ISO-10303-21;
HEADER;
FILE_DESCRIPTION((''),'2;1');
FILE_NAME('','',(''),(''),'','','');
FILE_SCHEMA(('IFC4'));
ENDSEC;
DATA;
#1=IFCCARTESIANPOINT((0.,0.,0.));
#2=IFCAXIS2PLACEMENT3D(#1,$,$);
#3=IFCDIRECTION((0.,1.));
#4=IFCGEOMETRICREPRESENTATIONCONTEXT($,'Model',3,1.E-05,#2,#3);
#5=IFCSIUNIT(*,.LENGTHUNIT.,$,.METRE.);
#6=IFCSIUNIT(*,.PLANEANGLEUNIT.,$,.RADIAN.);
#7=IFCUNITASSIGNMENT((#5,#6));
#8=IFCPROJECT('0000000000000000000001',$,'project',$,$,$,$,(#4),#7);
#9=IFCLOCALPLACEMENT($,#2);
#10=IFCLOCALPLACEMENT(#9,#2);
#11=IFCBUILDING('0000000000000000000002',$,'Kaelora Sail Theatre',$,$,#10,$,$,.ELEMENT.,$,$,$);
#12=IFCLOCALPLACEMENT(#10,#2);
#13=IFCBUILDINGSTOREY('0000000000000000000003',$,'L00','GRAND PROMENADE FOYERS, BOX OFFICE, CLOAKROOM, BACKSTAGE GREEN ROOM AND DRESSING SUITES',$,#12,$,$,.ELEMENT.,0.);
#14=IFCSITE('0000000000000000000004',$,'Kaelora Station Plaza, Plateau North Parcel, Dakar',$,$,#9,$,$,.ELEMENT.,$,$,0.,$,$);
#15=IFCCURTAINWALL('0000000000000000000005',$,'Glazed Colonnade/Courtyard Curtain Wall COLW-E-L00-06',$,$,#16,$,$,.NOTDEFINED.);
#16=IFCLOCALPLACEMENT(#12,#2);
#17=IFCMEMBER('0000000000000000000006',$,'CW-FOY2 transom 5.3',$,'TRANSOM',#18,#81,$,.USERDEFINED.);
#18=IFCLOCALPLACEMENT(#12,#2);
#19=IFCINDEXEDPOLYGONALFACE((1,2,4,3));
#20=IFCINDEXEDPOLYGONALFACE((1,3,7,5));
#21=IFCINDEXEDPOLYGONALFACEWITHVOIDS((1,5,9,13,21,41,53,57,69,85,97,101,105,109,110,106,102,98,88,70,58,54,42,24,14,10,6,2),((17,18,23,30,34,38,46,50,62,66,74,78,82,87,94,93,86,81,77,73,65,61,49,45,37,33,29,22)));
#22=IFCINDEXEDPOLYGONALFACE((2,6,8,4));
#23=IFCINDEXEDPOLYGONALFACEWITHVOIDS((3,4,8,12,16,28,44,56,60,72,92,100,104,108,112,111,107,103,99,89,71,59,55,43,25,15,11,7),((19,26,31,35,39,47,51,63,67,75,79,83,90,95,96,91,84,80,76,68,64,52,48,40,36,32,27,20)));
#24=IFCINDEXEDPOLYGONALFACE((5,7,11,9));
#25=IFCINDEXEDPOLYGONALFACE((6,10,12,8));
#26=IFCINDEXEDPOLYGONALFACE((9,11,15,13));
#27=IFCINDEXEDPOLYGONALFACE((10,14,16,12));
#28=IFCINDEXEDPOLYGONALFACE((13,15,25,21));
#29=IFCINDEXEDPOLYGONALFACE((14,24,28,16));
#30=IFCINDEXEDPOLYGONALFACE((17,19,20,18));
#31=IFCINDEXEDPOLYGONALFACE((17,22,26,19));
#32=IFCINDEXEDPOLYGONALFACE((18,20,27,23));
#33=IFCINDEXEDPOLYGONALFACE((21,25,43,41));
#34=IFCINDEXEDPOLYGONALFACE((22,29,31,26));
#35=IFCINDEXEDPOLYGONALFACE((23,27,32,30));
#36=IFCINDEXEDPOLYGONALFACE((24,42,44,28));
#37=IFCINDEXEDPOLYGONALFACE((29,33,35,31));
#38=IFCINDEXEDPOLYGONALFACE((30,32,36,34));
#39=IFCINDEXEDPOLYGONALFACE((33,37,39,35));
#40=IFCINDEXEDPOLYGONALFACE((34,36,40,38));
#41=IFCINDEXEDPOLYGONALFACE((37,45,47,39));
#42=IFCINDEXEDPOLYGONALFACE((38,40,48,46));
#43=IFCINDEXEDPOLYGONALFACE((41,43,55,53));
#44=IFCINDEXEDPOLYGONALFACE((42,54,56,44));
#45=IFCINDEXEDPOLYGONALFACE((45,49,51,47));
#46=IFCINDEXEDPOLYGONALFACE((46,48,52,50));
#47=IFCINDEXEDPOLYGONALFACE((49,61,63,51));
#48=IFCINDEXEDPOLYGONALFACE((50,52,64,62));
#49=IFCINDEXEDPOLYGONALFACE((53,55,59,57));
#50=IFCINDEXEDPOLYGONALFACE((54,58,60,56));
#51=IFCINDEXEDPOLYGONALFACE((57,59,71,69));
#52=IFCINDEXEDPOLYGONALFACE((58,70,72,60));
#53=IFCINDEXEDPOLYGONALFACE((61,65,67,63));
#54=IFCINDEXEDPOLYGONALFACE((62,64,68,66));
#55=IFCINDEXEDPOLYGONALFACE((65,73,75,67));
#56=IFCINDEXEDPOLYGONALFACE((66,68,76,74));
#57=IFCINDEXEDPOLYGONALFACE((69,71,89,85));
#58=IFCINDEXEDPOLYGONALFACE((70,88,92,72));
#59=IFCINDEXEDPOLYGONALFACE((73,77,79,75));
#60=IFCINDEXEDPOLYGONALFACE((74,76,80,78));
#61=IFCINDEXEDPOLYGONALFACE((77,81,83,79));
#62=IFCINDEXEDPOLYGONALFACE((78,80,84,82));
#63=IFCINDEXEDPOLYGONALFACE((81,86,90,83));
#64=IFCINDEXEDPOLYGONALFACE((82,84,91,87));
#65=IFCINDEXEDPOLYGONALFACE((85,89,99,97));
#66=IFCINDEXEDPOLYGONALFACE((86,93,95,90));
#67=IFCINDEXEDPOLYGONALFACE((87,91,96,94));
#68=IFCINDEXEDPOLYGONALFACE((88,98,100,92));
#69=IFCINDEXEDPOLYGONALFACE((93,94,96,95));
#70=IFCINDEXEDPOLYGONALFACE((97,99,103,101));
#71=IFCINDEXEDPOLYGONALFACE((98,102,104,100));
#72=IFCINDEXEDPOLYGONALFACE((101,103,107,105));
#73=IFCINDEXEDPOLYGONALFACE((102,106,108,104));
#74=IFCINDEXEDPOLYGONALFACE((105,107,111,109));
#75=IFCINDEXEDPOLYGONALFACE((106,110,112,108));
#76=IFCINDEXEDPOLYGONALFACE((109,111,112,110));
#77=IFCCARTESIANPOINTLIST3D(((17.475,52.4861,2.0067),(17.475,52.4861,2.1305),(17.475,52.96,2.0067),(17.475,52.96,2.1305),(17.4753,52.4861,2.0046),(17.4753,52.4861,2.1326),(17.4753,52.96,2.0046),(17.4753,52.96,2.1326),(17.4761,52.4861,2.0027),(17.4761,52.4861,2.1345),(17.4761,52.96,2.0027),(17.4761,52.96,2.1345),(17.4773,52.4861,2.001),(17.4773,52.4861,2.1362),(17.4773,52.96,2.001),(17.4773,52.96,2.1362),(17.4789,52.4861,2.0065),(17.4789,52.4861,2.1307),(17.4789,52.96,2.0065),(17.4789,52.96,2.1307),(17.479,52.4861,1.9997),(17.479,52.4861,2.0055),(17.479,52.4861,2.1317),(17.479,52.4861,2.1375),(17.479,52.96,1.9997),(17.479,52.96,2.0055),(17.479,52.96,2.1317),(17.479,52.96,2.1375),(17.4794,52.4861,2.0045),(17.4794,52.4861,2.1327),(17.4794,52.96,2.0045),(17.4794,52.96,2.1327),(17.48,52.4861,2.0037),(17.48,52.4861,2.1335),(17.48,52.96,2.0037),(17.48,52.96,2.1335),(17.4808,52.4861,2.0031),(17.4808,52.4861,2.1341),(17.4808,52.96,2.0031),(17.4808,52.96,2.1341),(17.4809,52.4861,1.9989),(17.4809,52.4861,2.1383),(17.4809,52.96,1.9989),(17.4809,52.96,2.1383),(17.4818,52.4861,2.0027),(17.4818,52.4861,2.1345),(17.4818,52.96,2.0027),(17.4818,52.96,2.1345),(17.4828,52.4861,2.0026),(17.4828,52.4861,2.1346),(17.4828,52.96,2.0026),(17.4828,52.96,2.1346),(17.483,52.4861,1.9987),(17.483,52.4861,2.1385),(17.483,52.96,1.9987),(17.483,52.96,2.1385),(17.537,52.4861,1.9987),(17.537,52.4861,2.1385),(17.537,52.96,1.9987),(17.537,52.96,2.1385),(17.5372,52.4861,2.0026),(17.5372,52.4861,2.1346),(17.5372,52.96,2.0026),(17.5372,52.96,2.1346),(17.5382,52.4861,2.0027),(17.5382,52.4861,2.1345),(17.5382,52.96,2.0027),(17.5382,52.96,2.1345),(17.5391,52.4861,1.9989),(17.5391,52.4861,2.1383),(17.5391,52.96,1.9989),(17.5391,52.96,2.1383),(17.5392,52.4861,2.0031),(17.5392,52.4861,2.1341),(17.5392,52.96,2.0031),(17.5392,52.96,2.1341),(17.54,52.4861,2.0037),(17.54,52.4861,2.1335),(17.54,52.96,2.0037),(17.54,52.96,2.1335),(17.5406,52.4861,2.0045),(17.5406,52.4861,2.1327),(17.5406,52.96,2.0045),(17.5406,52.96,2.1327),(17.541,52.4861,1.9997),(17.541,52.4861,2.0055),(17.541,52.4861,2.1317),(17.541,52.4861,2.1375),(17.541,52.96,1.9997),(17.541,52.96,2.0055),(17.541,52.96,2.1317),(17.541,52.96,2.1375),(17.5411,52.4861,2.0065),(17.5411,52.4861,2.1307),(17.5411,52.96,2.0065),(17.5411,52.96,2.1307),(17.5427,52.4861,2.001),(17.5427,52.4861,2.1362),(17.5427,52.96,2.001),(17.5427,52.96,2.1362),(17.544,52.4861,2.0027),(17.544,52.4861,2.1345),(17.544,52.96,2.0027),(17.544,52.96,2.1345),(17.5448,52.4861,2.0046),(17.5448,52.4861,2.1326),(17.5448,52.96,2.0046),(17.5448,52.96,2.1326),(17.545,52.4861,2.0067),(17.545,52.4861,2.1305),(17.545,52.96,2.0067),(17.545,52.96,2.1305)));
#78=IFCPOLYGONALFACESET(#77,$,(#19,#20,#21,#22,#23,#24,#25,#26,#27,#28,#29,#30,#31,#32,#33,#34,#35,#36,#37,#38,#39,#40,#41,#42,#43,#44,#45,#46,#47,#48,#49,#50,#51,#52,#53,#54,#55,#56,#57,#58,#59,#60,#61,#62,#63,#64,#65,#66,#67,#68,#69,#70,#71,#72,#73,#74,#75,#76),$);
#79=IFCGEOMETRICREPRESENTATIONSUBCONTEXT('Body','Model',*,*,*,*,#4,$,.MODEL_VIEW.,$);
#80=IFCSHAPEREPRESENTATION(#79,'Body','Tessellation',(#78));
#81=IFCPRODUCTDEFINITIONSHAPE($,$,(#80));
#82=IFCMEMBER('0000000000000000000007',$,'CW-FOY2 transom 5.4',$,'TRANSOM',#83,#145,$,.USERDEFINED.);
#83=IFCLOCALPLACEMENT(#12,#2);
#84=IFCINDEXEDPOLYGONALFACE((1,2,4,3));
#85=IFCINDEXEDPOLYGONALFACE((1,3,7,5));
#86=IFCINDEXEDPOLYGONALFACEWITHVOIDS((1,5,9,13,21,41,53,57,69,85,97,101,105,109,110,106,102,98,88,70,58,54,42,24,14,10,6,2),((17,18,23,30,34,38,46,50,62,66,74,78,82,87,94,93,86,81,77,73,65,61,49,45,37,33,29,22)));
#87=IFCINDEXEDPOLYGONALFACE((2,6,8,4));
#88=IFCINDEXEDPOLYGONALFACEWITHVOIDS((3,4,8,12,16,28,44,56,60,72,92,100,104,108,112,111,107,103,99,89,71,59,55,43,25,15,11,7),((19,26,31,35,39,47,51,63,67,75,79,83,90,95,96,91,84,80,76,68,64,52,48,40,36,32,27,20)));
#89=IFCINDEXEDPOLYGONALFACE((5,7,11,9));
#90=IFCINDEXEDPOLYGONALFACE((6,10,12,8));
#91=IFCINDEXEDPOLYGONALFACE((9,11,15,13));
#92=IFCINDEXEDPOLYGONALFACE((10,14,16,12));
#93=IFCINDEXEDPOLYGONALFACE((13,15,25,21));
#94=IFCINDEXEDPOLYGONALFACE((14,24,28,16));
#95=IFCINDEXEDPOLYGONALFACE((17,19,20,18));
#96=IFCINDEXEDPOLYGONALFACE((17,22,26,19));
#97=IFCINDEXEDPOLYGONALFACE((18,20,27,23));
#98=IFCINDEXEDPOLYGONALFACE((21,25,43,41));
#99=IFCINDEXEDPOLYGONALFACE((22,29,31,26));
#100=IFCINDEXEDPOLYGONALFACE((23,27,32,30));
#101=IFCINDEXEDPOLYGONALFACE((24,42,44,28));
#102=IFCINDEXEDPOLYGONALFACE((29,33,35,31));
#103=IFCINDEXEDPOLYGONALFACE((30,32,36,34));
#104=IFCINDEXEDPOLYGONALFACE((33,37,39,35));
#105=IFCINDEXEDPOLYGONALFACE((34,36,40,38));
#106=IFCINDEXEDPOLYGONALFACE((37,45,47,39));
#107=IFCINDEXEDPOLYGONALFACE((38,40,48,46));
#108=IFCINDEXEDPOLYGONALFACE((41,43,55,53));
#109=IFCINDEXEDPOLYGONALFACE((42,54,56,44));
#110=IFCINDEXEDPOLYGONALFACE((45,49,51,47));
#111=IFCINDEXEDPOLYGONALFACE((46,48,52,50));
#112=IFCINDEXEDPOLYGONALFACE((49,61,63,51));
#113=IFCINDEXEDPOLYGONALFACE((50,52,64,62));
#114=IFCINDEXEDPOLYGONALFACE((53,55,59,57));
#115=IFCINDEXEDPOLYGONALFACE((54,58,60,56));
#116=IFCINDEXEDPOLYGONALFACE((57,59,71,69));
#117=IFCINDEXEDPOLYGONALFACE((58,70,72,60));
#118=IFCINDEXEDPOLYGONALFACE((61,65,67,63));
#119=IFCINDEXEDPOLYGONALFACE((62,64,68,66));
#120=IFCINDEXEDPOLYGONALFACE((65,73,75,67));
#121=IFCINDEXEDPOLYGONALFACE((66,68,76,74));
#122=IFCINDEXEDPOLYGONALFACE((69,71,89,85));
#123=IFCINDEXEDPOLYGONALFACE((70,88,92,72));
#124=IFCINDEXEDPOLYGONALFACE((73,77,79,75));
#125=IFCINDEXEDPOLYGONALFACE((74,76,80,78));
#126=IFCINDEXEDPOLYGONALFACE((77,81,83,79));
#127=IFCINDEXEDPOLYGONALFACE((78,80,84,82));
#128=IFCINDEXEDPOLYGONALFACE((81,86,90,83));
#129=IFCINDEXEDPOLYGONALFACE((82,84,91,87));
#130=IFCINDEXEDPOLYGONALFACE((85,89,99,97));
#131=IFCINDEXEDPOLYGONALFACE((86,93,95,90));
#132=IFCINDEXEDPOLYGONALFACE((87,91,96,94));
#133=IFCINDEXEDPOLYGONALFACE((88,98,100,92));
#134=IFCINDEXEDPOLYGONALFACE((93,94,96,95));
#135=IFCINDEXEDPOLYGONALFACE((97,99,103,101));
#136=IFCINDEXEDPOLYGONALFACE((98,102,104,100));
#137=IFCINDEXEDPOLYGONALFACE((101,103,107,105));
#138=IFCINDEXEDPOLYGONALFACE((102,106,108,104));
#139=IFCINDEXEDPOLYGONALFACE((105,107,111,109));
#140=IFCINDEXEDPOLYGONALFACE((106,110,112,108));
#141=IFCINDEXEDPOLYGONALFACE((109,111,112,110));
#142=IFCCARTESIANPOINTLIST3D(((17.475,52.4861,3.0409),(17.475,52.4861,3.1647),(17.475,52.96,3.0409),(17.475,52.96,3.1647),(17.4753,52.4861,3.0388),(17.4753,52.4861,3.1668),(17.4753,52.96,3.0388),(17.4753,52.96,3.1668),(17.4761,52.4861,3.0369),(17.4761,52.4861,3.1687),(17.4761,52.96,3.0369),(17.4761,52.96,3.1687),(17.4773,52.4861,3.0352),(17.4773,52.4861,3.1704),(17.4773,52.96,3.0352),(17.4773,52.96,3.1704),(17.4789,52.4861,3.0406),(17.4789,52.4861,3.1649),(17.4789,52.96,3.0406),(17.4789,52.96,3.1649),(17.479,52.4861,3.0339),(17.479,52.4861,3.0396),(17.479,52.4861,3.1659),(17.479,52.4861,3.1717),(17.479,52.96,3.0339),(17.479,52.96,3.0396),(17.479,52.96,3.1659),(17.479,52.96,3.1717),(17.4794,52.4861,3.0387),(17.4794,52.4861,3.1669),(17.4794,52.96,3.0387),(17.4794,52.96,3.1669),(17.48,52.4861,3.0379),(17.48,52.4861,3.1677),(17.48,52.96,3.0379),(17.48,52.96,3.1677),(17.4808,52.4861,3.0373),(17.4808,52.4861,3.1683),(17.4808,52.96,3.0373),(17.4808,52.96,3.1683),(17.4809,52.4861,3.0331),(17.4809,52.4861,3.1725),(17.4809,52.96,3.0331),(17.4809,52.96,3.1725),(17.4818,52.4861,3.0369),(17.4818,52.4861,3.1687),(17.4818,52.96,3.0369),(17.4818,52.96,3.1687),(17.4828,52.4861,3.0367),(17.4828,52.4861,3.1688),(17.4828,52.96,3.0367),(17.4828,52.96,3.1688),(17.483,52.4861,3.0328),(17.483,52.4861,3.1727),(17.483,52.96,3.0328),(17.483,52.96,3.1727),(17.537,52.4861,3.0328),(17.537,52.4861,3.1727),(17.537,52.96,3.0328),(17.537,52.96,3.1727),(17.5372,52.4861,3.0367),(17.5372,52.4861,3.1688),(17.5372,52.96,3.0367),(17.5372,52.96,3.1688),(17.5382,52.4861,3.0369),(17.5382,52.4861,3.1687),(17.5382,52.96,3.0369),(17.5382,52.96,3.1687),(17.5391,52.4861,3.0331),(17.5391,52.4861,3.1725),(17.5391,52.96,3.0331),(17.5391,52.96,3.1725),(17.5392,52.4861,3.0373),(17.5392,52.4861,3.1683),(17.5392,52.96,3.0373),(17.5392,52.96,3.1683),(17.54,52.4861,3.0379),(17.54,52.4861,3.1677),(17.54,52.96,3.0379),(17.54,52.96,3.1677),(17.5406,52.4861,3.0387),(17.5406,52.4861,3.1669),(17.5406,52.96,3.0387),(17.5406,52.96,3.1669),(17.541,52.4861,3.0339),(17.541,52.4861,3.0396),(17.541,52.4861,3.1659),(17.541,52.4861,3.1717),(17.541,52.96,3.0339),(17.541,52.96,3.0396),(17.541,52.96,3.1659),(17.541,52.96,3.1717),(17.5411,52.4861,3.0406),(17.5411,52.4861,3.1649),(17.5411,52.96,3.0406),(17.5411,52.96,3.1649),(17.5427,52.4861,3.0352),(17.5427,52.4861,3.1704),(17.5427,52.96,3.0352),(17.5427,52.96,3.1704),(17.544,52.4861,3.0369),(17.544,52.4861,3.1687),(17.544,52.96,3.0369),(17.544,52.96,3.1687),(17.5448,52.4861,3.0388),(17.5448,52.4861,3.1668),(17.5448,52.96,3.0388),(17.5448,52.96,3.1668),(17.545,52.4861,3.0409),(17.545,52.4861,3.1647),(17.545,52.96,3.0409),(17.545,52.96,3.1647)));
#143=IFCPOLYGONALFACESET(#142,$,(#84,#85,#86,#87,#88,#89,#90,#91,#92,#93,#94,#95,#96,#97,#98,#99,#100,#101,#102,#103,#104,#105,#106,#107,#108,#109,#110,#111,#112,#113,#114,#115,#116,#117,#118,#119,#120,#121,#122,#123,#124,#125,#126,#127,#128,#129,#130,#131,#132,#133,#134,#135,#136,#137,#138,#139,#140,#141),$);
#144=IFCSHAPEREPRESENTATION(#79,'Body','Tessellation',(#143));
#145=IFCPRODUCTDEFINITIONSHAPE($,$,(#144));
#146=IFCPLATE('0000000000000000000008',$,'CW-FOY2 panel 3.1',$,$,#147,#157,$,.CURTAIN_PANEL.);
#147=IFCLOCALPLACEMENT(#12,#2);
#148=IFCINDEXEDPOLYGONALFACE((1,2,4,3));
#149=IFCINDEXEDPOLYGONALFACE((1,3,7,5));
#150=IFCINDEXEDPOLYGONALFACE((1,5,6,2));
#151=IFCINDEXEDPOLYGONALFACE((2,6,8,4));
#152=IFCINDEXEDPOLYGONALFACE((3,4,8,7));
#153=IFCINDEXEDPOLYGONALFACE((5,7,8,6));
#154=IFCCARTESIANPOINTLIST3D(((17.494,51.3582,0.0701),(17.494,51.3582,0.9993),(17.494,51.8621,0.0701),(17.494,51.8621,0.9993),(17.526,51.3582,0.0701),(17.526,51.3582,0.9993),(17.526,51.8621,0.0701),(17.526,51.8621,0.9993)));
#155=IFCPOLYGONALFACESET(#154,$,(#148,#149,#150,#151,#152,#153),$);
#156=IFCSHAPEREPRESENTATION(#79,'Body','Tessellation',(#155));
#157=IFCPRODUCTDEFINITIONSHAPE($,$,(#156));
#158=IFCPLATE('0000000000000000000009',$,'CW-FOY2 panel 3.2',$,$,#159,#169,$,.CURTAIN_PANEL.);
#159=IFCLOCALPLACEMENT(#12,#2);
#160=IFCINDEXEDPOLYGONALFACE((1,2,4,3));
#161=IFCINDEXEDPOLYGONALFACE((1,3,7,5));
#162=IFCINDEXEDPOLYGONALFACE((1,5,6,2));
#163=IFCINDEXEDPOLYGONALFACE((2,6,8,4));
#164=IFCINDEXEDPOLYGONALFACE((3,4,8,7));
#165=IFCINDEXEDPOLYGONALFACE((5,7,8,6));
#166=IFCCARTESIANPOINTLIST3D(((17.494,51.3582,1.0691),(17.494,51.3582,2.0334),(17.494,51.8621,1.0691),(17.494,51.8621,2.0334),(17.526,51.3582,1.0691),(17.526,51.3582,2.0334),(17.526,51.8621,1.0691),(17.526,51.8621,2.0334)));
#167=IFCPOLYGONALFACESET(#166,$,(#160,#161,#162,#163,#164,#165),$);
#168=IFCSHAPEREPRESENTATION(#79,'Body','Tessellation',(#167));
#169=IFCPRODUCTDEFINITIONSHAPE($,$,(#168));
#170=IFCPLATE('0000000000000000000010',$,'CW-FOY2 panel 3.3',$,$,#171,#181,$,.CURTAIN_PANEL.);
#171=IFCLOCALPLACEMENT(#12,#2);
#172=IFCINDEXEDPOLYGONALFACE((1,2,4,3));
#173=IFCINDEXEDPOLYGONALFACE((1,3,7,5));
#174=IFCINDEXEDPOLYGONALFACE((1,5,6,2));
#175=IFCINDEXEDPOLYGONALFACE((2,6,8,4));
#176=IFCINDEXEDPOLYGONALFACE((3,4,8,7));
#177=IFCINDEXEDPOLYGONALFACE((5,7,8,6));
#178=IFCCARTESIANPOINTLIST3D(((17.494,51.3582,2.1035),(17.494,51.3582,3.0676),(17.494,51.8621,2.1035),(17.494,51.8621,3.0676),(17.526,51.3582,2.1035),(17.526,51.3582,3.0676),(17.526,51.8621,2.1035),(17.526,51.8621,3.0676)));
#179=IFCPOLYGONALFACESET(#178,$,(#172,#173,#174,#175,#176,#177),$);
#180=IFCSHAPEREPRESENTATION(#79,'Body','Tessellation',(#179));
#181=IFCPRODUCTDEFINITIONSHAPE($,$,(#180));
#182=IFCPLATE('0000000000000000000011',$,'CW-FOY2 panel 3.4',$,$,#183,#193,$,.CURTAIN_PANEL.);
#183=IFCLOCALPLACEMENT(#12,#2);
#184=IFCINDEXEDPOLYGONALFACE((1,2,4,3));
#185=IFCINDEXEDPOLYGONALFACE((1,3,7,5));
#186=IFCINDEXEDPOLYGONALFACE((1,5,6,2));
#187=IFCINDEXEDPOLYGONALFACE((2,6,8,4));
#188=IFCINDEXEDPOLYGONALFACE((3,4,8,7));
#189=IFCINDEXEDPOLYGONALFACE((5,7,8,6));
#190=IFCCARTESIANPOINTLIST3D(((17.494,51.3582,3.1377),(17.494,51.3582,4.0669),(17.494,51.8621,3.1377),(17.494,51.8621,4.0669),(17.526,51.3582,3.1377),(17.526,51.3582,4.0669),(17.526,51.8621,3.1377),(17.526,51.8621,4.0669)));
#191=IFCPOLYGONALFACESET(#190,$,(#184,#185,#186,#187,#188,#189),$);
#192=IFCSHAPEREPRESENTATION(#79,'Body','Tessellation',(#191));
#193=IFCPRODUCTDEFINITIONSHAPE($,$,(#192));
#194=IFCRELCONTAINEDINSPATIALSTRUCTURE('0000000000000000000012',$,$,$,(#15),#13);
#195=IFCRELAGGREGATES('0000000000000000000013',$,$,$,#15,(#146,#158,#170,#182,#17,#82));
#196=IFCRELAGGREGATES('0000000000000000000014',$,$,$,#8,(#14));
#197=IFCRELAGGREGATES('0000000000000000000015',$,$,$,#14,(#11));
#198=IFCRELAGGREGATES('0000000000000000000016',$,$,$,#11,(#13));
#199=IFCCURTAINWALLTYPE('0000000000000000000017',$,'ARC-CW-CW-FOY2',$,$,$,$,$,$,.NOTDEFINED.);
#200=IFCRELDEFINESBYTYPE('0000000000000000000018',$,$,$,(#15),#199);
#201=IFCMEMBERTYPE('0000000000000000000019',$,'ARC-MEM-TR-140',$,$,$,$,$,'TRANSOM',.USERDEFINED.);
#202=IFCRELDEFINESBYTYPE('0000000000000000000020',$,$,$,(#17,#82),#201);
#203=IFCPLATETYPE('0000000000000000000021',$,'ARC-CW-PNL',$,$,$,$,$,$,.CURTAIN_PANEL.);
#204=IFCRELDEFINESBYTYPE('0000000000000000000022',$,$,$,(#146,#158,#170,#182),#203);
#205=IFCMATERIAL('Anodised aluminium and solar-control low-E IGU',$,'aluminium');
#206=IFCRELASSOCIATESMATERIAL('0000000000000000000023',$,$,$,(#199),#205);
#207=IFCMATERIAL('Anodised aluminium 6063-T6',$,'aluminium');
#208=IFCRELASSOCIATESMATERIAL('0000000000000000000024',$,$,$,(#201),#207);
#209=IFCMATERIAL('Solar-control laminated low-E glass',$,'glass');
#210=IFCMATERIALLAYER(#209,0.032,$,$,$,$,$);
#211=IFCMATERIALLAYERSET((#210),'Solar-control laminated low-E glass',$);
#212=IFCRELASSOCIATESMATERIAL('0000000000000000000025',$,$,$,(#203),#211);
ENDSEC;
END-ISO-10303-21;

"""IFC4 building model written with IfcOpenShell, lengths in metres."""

from ifc_helpers import new_model, si_unit, direction, frame, origin, origin_2d, place, context, subcontext, project, spatial, rectangle, hollow_rectangle, extrude, material, layer, layer_set, material_profile, profile_set, type_object, element, aggregate, save


model = new_model("IFC4")

# Units and contexts
model_context = context("Model", 3, precision=1e-05, world=origin(), true_north=direction((0.0, 1.0)))
body_context = subcontext(model_context, "Body", "Model", "MODEL_VIEW")
ifc_project = project(units=[si_unit("LENGTHUNIT", "METRE"), si_unit("PLANEANGLEUNIT", "RADIAN")], contexts=[model_context])

# Site, building, storey
site_placement = place(None, origin())
site = spatial("IfcSite", under=ifc_project, at=site_placement, Name="Kaelora Station Plaza, Plateau North Parcel, Dakar", CompositionType="ELEMENT", RefElevation=0.0)
building_placement = place(site_placement, origin())
building = spatial("IfcBuilding", under=site, at=building_placement, Name="Kaelora Sail Theatre", CompositionType="ELEMENT")
storey_placement = place(building_placement, origin())
storey = spatial("IfcBuildingStorey", under=building, at=storey_placement, Name="L00", Description="GRAND PROMENADE FOYERS, BOX OFFICE, CLOAKROOM, BACKSTAGE GREEN ROOM AND DRESSING SUITES", CompositionType="ELEMENT", Elevation=0.0)

# Curtain wall, members, plates
ifc_material_1 = material(Name="Anodised aluminium and solar-control low-E IGU", Category="aluminium")
curtain_wall_type = type_object("IfcCurtainWallType", Name="ARC-CW-CW-FOY2", PredefinedType="NOTDEFINED", material=ifc_material_1)
curtain_wall_placement = place(storey_placement, origin())
curtain_wall = element("IfcCurtainWall", 1, at=curtain_wall_placement, inside=storey, type_object=curtain_wall_type, Name="Glazed Colonnade/Courtyard Curtain Wall COLW-E-L00-06", PredefinedType="NOTDEFINED")
ifc_material_2 = material(Name="Anodised aluminium 6063-T6", Category="aluminium")
ifc_material_profile_1 = material_profile(ifc_material_2, hollow_rectangle(XDim=0.0701, YDim=0.1399, WallThickness=0.0039, InnerFilletRadius=0.0039, OuterFilletRadius=0.0081, at=origin_2d()), Name="ALU-TRAN 70x140x4")
ifc_profile_set_1 = profile_set([ifc_material_profile_1], Name="Anodised aluminium 6063-T6")
member_type_1 = type_object("IfcMemberType", Name="ARC-MEM-TR-140", ElementType="TRANSOM", PredefinedType="USERDEFINED", material=ifc_profile_set_1)
member_1_placement = place(storey_placement, frame((17.51, 52.4861, 2.0686), z_axis=(0.0, 1.0, 0.0), x_axis=(-1.0, 0.0, 0.0)))
member_1 = element("IfcMember", 2, at=member_1_placement, type_object=member_type_1, Name="CW-FOY2 transom 5.3", ObjectType="TRANSOM", PredefinedType="USERDEFINED", context=body_context, shape_type="SweptSolid", body=[
    extrude(hollow_rectangle(XDim=0.0701, YDim=0.1399, WallThickness=0.0039, InnerFilletRadius=0.0039, OuterFilletRadius=0.0081, at=origin_2d()), origin(), (0.0, 0.0, 1.0), 0.4739),
])
member_2_placement = place(storey_placement, frame((17.51, 52.4861, 3.1028), z_axis=(0.0, 1.0, 0.0), x_axis=(-1.0, 0.0, 0.0)))
member_2 = element("IfcMember", 3, at=member_2_placement, type_object=member_type_1, Name="CW-FOY2 transom 5.4", ObjectType="TRANSOM", PredefinedType="USERDEFINED", context=body_context, shape_type="SweptSolid", body=[
    extrude(hollow_rectangle(XDim=0.0701, YDim=0.1399, WallThickness=0.0039, InnerFilletRadius=0.0039, OuterFilletRadius=0.0081, at=origin_2d()), origin(), (0.0, 0.0, 1.0), 0.4739),
])
ifc_material_3 = material(Name="Solar-control laminated low-E glass", Category="glass")
ifc_layer = layer(ifc_material_3, 0.032)
ifc_layer_set = layer_set([ifc_layer], Name="Solar-control laminated low-E glass")
plate_type = type_object("IfcPlateType", Name="ARC-CW-PNL", PredefinedType="CURTAIN_PANEL", material=ifc_layer_set)
plate_1_placement = place(storey_placement, frame((17.51, 51.6101, 0.0701), z_axis=(0.0, 0.0, 1.0), x_axis=(0.0, 1.0, 0.0)))
plate_1 = element("IfcPlate", 4, at=plate_1_placement, type_object=plate_type, Name="CW-FOY2 panel 3.1", PredefinedType="CURTAIN_PANEL", context=body_context, shape_type="SweptSolid", body=[
    extrude(rectangle(XDim=0.5039, YDim=0.032, at=origin_2d()), origin(), (0.0, 0.0, 1.0), 0.9292),
])
plate_2_placement = place(storey_placement, frame((17.51, 51.6101, 1.0691), z_axis=(0.0, 0.0, 1.0), x_axis=(0.0, 1.0, 0.0)))
plate_2 = element("IfcPlate", 5, at=plate_2_placement, type_object=plate_type, Name="CW-FOY2 panel 3.2", PredefinedType="CURTAIN_PANEL", context=body_context, shape_type="SweptSolid", body=[
    extrude(rectangle(XDim=0.5039, YDim=0.032, at=origin_2d()), origin(), (0.0, 0.0, 1.0), 0.9644),
])
plate_3_placement = place(storey_placement, frame((17.51, 51.6101, 2.1035), z_axis=(0.0, 0.0, 1.0), x_axis=(0.0, 1.0, 0.0)))
plate_3 = element("IfcPlate", 6, at=plate_3_placement, type_object=plate_type, Name="CW-FOY2 panel 3.3", PredefinedType="CURTAIN_PANEL", context=body_context, shape_type="SweptSolid", body=[
    extrude(rectangle(XDim=0.5039, YDim=0.032, at=origin_2d()), origin(), (0.0, 0.0, 1.0), 0.9641),
])
plate_4_placement = place(storey_placement, frame((17.51, 51.6101, 3.1377), z_axis=(0.0, 0.0, 1.0), x_axis=(0.0, 1.0, 0.0)))
plate_4 = element("IfcPlate", 7, at=plate_4_placement, type_object=plate_type, Name="CW-FOY2 panel 3.4", PredefinedType="CURTAIN_PANEL", context=body_context, shape_type="SweptSolid", body=[
    extrude(rectangle(XDim=0.5039, YDim=0.032, at=origin_2d()), origin(), (0.0, 0.0, 1.0), 0.9292),
])
aggregate(curtain_wall, [plate_1, plate_2, plate_3, plate_4, member_1, member_2])

save(model, "model.ifc")
